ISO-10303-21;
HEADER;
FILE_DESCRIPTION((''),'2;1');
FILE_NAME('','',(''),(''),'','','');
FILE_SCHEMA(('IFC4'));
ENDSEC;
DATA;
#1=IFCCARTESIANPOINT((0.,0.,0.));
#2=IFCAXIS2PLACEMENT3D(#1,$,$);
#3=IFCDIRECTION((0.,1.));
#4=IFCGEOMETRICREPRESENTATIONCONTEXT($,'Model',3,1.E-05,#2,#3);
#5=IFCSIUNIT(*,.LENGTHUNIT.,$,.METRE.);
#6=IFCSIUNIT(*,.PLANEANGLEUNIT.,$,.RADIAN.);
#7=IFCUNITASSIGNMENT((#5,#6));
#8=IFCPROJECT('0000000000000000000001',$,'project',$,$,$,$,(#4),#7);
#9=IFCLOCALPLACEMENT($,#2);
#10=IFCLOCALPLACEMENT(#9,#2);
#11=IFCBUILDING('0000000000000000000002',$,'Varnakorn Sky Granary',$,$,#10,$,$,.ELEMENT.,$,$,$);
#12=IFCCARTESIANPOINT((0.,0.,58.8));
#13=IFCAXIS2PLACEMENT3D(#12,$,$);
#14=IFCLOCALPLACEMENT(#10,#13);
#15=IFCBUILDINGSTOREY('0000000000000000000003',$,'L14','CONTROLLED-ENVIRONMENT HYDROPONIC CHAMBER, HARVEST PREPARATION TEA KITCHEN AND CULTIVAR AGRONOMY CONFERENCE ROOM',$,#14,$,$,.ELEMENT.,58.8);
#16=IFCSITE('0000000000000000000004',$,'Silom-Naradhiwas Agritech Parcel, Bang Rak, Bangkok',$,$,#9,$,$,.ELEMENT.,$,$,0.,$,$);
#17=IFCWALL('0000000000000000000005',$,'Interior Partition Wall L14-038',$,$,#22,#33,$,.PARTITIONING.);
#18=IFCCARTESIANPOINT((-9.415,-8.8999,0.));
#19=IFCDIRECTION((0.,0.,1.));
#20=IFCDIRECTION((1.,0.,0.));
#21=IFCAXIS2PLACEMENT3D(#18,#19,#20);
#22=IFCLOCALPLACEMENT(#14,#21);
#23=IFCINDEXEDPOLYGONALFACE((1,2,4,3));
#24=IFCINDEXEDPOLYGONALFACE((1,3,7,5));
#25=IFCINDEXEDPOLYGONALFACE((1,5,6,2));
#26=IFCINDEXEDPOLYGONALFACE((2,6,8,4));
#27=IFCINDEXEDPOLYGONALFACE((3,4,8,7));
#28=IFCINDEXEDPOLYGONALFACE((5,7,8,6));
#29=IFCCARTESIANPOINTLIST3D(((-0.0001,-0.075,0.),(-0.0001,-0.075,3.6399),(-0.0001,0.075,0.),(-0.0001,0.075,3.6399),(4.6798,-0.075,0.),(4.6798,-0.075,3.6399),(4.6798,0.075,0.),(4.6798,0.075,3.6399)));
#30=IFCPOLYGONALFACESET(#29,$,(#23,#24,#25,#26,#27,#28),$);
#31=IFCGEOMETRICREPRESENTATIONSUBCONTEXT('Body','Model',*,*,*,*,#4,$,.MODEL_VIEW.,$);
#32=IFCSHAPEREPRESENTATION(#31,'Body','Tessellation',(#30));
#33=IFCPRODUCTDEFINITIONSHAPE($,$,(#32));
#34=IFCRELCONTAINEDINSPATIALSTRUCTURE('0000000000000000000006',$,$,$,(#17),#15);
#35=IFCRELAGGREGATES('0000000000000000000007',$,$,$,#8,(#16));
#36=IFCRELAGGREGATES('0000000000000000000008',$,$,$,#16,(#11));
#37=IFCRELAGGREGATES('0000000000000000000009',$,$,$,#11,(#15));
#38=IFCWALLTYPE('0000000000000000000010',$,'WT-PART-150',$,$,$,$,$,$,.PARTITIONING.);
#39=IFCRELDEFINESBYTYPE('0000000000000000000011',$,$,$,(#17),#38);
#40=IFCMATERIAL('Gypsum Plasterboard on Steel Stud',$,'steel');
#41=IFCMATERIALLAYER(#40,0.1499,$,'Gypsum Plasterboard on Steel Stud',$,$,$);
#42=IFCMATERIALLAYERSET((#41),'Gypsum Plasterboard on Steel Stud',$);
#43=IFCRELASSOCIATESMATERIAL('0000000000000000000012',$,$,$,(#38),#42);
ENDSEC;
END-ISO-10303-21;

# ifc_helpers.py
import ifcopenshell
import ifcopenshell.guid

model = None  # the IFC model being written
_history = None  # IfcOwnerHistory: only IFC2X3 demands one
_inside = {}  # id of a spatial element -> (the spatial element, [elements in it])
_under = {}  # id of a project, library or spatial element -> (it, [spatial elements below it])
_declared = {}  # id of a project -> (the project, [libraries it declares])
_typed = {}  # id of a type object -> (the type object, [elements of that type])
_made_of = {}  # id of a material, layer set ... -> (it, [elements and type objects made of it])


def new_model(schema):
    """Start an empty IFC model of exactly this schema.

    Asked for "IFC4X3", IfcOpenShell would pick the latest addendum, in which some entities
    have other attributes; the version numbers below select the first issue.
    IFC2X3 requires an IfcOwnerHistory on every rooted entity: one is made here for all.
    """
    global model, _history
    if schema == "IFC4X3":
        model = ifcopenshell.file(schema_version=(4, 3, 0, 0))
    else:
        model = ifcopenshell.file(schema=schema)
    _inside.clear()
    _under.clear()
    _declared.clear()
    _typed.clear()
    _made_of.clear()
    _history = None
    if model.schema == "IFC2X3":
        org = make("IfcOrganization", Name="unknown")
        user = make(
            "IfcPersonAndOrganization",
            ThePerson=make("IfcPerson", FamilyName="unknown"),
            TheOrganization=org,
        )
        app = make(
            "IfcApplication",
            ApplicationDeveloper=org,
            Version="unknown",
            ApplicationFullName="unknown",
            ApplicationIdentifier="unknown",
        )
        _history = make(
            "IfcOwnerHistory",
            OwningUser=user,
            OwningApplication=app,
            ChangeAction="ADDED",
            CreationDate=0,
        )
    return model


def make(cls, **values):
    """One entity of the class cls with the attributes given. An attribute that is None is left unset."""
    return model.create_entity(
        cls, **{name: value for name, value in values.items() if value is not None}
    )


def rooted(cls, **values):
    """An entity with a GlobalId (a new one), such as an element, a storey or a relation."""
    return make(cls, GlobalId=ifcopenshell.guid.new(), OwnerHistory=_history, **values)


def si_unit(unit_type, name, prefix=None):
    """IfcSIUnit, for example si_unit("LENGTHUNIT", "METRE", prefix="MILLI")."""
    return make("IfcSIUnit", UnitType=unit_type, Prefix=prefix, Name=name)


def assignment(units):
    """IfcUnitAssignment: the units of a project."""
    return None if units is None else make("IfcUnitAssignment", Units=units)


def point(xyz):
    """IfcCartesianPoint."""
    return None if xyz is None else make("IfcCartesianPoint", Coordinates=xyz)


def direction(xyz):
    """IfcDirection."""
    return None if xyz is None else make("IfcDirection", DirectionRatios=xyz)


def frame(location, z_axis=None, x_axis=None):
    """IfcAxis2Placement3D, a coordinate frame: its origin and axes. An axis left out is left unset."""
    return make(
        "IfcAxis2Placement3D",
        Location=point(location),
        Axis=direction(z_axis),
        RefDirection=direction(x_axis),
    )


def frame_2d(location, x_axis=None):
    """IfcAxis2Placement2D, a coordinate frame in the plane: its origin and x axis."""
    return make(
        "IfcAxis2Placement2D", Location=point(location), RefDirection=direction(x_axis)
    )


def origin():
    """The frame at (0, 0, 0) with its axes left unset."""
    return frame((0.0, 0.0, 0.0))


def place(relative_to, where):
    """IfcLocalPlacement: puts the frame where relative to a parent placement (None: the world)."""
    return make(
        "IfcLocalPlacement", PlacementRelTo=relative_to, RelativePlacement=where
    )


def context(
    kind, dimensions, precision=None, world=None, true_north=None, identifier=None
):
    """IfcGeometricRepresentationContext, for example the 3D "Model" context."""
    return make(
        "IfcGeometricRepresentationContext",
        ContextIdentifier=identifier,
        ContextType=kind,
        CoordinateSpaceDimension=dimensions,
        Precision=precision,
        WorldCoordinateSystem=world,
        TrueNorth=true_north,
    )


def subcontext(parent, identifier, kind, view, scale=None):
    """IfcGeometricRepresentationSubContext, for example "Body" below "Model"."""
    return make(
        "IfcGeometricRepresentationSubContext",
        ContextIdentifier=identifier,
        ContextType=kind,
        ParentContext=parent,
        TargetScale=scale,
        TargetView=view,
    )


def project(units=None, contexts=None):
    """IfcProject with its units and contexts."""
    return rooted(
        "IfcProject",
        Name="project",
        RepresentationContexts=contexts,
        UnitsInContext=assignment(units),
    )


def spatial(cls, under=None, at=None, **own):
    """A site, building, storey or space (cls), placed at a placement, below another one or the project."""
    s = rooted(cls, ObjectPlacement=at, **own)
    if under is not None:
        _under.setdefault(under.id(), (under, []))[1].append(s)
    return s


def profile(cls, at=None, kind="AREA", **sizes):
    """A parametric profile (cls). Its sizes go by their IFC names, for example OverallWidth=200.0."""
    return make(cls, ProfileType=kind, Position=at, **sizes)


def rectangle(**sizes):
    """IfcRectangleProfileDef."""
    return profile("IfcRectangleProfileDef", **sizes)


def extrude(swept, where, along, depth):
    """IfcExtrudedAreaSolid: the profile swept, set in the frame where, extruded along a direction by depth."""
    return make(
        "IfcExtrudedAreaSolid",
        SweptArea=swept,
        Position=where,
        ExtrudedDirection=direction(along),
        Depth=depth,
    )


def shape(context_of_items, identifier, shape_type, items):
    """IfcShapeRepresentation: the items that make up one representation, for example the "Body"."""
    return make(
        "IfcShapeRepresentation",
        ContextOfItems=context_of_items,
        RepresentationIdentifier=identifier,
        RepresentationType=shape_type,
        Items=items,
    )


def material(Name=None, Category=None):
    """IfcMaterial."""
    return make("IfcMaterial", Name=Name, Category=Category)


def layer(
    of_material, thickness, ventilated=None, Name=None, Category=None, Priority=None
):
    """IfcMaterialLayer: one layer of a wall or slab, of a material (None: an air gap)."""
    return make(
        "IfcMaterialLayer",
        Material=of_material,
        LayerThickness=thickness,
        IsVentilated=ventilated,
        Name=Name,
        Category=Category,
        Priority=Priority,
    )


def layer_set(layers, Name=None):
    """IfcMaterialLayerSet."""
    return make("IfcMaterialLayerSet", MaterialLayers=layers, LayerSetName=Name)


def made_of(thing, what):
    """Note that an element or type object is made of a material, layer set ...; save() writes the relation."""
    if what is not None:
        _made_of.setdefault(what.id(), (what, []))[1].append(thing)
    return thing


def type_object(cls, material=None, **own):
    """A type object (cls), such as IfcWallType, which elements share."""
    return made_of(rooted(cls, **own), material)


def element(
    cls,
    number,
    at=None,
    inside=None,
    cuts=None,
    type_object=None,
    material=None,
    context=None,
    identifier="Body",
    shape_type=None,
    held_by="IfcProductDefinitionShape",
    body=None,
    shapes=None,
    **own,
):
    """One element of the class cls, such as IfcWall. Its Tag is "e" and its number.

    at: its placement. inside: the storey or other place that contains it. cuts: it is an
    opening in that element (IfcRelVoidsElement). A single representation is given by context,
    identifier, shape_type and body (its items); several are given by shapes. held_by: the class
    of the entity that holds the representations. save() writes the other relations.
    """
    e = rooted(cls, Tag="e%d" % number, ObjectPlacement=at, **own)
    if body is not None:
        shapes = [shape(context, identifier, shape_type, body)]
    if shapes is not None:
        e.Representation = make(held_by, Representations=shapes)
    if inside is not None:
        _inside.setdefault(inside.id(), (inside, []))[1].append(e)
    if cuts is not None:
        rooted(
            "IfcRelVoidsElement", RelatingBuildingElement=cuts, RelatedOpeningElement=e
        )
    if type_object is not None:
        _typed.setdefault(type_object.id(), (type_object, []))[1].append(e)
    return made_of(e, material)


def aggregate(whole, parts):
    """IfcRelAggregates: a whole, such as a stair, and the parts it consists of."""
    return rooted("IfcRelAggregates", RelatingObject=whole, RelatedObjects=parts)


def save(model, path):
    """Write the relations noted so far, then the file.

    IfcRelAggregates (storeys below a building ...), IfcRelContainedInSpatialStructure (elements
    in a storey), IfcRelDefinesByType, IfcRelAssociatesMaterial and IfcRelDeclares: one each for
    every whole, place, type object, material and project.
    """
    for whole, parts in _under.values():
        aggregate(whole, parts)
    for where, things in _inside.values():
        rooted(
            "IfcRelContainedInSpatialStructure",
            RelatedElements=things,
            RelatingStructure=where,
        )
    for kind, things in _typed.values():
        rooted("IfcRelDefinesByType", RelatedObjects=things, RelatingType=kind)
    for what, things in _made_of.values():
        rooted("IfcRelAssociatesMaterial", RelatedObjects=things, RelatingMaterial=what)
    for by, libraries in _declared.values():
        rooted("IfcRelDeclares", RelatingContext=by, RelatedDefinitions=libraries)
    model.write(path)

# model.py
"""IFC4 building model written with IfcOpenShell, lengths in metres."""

from ifc_helpers import new_model, si_unit, direction, frame, frame_2d, origin, place, context, subcontext, project, spatial, rectangle, extrude, material, layer, layer_set, type_object, element, save


model = new_model("IFC4")

# Units and contexts
model_context = context("Model", 3, precision=1e-05, world=origin(), true_north=direction((0.0, 1.0)))
body_context = subcontext(model_context, "Body", "Model", "MODEL_VIEW")
ifc_project = project(units=[si_unit("LENGTHUNIT", "METRE"), si_unit("PLANEANGLEUNIT", "RADIAN")], contexts=[model_context])

# Site, building, storey
site_placement = place(None, origin())
site = spatial("IfcSite", under=ifc_project, at=site_placement, Name="Silom-Naradhiwas Agritech Parcel, Bang Rak, Bangkok", CompositionType="ELEMENT", RefElevation=0.0)
building_placement = place(site_placement, origin())
building = spatial("IfcBuilding", under=site, at=building_placement, Name="Varnakorn Sky Granary", CompositionType="ELEMENT")
storey_placement = place(building_placement, frame((0.0, 0.0, 58.8)))
storey = spatial("IfcBuildingStorey", under=building, at=storey_placement, Name="L14", Description="CONTROLLED-ENVIRONMENT HYDROPONIC CHAMBER, HARVEST PREPARATION TEA KITCHEN AND CULTIVAR AGRONOMY CONFERENCE ROOM", CompositionType="ELEMENT", Elevation=58.8)

# Shared definitions
ifc_material_1 = material(Name="Gypsum Plasterboard on Steel Stud", Category="steel")
ifc_layer_1 = layer(ifc_material_1, 0.1499, Name="Gypsum Plasterboard on Steel Stud")
ifc_layer_set_1 = layer_set([ifc_layer_1], Name="Gypsum Plasterboard on Steel Stud")
wall_type_1 = type_object("IfcWallType", Name="WT-PART-150", PredefinedType="PARTITIONING", material=ifc_layer_set_1)

# Wall
wall_1_placement = place(storey_placement, frame((-9.415, -8.8999, 0.0), z_axis=(0.0, 0.0, 1.0), x_axis=(1.0, 0.0, 0.0)))
element("IfcWall", 1, at=wall_1_placement, inside=storey, type_object=wall_type_1, Name="Interior Partition Wall L14-038", PredefinedType="PARTITIONING", context=body_context, shape_type="SweptSolid", body=[
    extrude(rectangle(XDim=4.6799, YDim=0.1499, at=frame_2d((2.3398, 0.0))), origin(), (0.0, 0.0, 1.0), 3.6399),
])

save(model, "model.ifc")
